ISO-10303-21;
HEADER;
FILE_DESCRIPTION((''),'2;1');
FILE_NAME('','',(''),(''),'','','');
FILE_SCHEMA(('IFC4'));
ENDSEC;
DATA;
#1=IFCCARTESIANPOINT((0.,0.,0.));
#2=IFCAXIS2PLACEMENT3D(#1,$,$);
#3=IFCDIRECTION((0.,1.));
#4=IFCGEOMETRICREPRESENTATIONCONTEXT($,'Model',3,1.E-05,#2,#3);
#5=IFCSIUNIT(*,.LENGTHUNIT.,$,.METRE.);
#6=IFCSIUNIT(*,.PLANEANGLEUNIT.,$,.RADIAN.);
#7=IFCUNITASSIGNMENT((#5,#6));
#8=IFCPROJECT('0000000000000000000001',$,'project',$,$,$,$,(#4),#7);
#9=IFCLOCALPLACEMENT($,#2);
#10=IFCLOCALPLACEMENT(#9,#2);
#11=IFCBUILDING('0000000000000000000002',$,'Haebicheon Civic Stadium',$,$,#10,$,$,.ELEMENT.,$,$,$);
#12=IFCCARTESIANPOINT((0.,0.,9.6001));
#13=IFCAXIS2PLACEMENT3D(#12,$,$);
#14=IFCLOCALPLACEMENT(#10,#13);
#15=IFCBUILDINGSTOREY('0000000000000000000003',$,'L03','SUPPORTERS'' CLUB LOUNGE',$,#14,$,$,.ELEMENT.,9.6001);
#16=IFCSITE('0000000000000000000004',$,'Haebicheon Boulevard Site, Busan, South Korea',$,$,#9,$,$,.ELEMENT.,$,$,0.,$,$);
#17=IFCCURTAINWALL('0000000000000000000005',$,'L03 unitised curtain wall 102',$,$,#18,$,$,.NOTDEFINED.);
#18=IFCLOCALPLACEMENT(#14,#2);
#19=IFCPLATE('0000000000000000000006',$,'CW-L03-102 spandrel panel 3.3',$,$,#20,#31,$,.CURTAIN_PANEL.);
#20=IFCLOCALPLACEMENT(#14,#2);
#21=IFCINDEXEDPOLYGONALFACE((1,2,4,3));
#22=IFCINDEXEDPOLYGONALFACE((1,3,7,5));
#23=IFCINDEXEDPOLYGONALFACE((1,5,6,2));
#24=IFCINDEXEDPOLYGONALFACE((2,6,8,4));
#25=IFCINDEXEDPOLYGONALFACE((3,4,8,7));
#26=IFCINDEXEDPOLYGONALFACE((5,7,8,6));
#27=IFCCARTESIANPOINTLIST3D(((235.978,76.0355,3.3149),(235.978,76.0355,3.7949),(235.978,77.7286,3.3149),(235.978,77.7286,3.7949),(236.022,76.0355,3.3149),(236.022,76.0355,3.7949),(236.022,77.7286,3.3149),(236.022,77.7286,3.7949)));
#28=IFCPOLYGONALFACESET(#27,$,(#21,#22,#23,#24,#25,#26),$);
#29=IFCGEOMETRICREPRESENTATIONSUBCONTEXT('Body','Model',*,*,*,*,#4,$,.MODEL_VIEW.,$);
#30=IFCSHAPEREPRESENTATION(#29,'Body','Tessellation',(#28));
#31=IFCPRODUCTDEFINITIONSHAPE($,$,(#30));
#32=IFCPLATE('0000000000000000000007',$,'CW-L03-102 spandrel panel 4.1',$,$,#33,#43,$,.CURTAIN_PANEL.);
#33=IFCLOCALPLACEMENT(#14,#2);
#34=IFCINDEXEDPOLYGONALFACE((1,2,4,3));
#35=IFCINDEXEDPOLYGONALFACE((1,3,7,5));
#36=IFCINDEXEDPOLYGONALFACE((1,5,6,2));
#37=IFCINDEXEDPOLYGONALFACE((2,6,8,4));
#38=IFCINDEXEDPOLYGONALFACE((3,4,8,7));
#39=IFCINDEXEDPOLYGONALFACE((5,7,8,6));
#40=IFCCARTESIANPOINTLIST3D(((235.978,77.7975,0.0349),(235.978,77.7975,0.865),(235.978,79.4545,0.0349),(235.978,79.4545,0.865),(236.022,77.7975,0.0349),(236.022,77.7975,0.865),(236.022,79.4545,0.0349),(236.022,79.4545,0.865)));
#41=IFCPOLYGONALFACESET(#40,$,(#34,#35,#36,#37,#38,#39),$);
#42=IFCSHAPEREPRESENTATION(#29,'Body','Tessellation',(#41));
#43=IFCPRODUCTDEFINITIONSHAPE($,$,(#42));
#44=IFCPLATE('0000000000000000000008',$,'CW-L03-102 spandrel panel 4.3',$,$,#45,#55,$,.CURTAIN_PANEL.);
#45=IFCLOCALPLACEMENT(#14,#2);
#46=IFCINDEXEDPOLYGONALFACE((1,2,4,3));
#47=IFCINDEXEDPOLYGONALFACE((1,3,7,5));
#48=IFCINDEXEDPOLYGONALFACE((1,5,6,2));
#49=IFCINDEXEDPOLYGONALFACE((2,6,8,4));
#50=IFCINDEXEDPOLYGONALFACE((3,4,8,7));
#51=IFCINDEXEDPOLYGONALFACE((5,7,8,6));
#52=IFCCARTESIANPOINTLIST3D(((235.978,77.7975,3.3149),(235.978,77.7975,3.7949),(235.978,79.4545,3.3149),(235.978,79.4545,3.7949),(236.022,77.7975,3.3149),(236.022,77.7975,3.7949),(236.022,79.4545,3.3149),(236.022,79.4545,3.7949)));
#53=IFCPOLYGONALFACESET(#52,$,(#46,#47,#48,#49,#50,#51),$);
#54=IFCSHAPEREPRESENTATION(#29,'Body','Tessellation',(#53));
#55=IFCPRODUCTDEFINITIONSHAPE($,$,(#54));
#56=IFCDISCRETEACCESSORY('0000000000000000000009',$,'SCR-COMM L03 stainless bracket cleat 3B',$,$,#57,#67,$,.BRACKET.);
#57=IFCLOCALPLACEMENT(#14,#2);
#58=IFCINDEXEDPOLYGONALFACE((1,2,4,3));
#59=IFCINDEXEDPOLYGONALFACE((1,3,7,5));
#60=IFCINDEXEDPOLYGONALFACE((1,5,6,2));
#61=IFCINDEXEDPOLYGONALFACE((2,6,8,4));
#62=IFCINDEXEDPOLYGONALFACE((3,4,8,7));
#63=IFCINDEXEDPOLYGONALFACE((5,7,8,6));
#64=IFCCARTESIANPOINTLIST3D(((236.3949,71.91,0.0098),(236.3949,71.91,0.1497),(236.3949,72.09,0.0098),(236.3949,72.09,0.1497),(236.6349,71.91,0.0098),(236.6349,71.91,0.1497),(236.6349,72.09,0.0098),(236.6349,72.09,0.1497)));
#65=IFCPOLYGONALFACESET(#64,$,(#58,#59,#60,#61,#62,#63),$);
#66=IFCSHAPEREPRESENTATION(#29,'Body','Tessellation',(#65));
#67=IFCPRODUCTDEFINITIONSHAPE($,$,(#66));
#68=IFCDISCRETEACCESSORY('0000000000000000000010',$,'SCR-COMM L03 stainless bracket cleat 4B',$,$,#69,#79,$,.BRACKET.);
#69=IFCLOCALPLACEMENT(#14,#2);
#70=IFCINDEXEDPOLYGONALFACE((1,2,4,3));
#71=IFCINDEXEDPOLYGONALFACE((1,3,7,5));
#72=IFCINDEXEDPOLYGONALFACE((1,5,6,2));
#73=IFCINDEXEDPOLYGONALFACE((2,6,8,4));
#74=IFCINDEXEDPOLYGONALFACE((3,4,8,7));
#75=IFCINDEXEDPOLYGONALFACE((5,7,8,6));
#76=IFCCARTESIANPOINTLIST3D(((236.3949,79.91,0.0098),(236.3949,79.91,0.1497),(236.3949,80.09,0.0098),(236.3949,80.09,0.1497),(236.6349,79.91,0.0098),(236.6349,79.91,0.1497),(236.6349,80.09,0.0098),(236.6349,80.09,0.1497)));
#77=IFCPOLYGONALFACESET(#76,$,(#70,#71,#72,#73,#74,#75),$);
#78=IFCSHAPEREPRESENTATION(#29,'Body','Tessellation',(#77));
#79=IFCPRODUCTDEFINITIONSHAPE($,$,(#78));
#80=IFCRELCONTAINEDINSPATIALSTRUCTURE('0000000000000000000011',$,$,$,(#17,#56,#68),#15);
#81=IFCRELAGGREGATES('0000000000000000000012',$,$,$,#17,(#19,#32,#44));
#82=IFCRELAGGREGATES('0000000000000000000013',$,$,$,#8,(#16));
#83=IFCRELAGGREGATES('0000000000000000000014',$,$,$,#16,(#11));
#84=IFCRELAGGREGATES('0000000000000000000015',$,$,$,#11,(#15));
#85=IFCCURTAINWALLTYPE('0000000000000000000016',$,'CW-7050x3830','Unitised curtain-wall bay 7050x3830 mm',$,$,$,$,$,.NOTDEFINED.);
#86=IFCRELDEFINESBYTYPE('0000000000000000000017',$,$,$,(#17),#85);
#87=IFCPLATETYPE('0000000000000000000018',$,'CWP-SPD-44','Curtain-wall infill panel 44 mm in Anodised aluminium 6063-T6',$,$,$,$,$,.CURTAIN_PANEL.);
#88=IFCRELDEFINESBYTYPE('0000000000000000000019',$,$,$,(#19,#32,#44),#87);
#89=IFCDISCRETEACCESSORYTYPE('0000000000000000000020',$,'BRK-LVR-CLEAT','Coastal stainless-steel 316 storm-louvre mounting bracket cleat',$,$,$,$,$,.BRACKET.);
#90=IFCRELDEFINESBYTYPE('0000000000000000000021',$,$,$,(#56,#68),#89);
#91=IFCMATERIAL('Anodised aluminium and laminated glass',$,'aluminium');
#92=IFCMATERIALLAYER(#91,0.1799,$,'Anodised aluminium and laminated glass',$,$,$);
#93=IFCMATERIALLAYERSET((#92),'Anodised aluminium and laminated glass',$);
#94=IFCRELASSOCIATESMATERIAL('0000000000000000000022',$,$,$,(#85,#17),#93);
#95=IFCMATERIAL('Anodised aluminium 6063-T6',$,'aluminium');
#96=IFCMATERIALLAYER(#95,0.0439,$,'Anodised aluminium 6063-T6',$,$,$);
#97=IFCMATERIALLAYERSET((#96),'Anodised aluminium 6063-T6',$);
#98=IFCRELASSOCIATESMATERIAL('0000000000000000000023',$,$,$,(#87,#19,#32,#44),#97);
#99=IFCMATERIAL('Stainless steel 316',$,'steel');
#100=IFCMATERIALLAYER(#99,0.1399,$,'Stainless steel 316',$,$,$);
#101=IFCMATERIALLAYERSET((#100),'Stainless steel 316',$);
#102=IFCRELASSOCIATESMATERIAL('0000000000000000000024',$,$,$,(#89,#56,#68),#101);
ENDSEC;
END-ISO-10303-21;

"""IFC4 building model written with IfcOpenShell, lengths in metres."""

from ifc_helpers import new_model, si_unit, direction, frame, origin, origin_2d, place, context, subcontext, project, spatial, rectangle, extrude, material, layer, layer_set, type_object, element, aggregate, save


model = new_model("IFC4")

# Units and contexts
model_context = context("Model", 3, precision=1e-05, world=origin(), true_north=direction((0.0, 1.0)))
body_context = subcontext(model_context, "Body", "Model", "MODEL_VIEW")
ifc_project = project(units=[si_unit("LENGTHUNIT", "METRE"), si_unit("PLANEANGLEUNIT", "RADIAN")], contexts=[model_context])

# Site, building, storey
site_placement = place(None, origin())
site = spatial("IfcSite", under=ifc_project, at=site_placement, Name="Haebicheon Boulevard Site, Busan, South Korea", CompositionType="ELEMENT", RefElevation=0.0)
building_placement = place(site_placement, origin())
building = spatial("IfcBuilding", under=site, at=building_placement, Name="Haebicheon Civic Stadium", CompositionType="ELEMENT")
storey_placement = place(building_placement, frame((0.0, 0.0, 9.6001)))
storey = spatial("IfcBuildingStorey", under=building, at=storey_placement, Name="L03", Description="SUPPORTERS' CLUB LOUNGE", CompositionType="ELEMENT", Elevation=9.6001)

# Curtain wall
ifc_material_1 = material(Name="Anodised aluminium and laminated glass", Category="aluminium")
ifc_layer_1 = layer(ifc_material_1, 0.1799, Name="Anodised aluminium and laminated glass")
ifc_layer_set_1 = layer_set([ifc_layer_1], Name="Anodised aluminium and laminated glass")
curtain_wall_type = type_object("IfcCurtainWallType", Name="CW-7050x3830", Description="Unitised curtain-wall bay 7050x3830 mm", PredefinedType="NOTDEFINED", material=ifc_layer_set_1)
curtain_wall_placement = place(storey_placement, origin())
curtain_wall = element("IfcCurtainWall", 1, at=curtain_wall_placement, inside=storey, type_object=curtain_wall_type, material=ifc_layer_set_1, Name="L03 unitised curtain wall 102", PredefinedType="NOTDEFINED")

# Plates
ifc_material_2 = material(Name="Anodised aluminium 6063-T6", Category="aluminium")
ifc_layer_2 = layer(ifc_material_2, 0.0439, Name="Anodised aluminium 6063-T6")
ifc_layer_set_2 = layer_set([ifc_layer_2], Name="Anodised aluminium 6063-T6")
plate_type_1 = type_object("IfcPlateType", Name="CWP-SPD-44", Description="Curtain-wall infill panel 44 mm in Anodised aluminium 6063-T6", PredefinedType="CURTAIN_PANEL", material=ifc_layer_set_2)
plate_1_placement = place(storey_placement, frame((236.0, 76.8821, 3.3149), z_axis=(0.0, 0.0, 1.0), x_axis=(0.0, 1.0, 0.0)))
plate_1 = element("IfcPlate", 2, at=plate_1_placement, type_object=plate_type_1, material=ifc_layer_set_2, Name="CW-L03-102 spandrel panel 3.3", PredefinedType="CURTAIN_PANEL", context=body_context, shape_type="SweptSolid", body=[
    extrude(rectangle(XDim=1.6931, YDim=0.0439, at=origin_2d()), origin(), (0.0, 0.0, 1.0), 0.48),
])
plate_2_placement = place(storey_placement, frame((236.0, 78.626, 0.0349), z_axis=(0.0, 0.0, 1.0), x_axis=(0.0, 1.0, 0.0)))
plate_2 = element("IfcPlate", 3, at=plate_2_placement, type_object=plate_type_1, material=ifc_layer_set_2, Name="CW-L03-102 spandrel panel 4.1", PredefinedType="CURTAIN_PANEL", context=body_context, shape_type="SweptSolid", body=[
    extrude(rectangle(XDim=1.657, YDim=0.0439, at=origin_2d()), origin(), (0.0, 0.0, 1.0), 0.8301),
])
plate_3_placement = place(storey_placement, frame((236.0, 78.626, 3.3149), z_axis=(0.0, 0.0, 1.0), x_axis=(0.0, 1.0, 0.0)))
plate_3 = element("IfcPlate", 4, at=plate_3_placement, type_object=plate_type_1, material=ifc_layer_set_2, Name="CW-L03-102 spandrel panel 4.3", PredefinedType="CURTAIN_PANEL", context=body_context, shape_type="SweptSolid", body=[
    extrude(rectangle(XDim=1.657, YDim=0.0439, at=origin_2d()), origin(), (0.0, 0.0, 1.0), 0.48),
])
aggregate(curtain_wall, [plate_1, plate_2, plate_3])

# Discrete accessories
ifc_material_3 = material(Name="Stainless steel 316", Category="steel")
ifc_layer_3 = layer(ifc_material_3, 0.1399, Name="Stainless steel 316")
ifc_layer_set_3 = layer_set([ifc_layer_3], Name="Stainless steel 316")
discrete_accessory_type = type_object("IfcDiscreteAccessoryType", Name="BRK-LVR-CLEAT", Description="Coastal stainless-steel 316 storm-louvre mounting bracket cleat", PredefinedType="BRACKET", material=ifc_layer_set_3)
for number, where, z_axis, x_axis, name in (
    (5, (236.5149, 72.0, 0.0098), (0.0, 0.0, 1.0), (1.0, 0.0, 0.0), "SCR-COMM L03 stainless bracket cleat 3B"),
    (6, (236.5149, 80.0, 0.0098), (0.0, 0.0, 1.0), (1.0, 0.0, 0.0), "SCR-COMM L03 stainless bracket cleat 4B"),
):
    element("IfcDiscreteAccessory", number, at=place(storey_placement, frame(where, z_axis=z_axis, x_axis=x_axis)), inside=storey, type_object=discrete_accessory_type, material=ifc_layer_set_3, Name=name, PredefinedType="BRACKET", context=body_context, shape_type="SweptSolid", body=[
        extrude(rectangle(XDim=0.24, YDim=0.1799, at=origin_2d()), origin(), (0.0, 0.0, 1.0), 0.1399),
    ])

save(model, "model.ifc")
